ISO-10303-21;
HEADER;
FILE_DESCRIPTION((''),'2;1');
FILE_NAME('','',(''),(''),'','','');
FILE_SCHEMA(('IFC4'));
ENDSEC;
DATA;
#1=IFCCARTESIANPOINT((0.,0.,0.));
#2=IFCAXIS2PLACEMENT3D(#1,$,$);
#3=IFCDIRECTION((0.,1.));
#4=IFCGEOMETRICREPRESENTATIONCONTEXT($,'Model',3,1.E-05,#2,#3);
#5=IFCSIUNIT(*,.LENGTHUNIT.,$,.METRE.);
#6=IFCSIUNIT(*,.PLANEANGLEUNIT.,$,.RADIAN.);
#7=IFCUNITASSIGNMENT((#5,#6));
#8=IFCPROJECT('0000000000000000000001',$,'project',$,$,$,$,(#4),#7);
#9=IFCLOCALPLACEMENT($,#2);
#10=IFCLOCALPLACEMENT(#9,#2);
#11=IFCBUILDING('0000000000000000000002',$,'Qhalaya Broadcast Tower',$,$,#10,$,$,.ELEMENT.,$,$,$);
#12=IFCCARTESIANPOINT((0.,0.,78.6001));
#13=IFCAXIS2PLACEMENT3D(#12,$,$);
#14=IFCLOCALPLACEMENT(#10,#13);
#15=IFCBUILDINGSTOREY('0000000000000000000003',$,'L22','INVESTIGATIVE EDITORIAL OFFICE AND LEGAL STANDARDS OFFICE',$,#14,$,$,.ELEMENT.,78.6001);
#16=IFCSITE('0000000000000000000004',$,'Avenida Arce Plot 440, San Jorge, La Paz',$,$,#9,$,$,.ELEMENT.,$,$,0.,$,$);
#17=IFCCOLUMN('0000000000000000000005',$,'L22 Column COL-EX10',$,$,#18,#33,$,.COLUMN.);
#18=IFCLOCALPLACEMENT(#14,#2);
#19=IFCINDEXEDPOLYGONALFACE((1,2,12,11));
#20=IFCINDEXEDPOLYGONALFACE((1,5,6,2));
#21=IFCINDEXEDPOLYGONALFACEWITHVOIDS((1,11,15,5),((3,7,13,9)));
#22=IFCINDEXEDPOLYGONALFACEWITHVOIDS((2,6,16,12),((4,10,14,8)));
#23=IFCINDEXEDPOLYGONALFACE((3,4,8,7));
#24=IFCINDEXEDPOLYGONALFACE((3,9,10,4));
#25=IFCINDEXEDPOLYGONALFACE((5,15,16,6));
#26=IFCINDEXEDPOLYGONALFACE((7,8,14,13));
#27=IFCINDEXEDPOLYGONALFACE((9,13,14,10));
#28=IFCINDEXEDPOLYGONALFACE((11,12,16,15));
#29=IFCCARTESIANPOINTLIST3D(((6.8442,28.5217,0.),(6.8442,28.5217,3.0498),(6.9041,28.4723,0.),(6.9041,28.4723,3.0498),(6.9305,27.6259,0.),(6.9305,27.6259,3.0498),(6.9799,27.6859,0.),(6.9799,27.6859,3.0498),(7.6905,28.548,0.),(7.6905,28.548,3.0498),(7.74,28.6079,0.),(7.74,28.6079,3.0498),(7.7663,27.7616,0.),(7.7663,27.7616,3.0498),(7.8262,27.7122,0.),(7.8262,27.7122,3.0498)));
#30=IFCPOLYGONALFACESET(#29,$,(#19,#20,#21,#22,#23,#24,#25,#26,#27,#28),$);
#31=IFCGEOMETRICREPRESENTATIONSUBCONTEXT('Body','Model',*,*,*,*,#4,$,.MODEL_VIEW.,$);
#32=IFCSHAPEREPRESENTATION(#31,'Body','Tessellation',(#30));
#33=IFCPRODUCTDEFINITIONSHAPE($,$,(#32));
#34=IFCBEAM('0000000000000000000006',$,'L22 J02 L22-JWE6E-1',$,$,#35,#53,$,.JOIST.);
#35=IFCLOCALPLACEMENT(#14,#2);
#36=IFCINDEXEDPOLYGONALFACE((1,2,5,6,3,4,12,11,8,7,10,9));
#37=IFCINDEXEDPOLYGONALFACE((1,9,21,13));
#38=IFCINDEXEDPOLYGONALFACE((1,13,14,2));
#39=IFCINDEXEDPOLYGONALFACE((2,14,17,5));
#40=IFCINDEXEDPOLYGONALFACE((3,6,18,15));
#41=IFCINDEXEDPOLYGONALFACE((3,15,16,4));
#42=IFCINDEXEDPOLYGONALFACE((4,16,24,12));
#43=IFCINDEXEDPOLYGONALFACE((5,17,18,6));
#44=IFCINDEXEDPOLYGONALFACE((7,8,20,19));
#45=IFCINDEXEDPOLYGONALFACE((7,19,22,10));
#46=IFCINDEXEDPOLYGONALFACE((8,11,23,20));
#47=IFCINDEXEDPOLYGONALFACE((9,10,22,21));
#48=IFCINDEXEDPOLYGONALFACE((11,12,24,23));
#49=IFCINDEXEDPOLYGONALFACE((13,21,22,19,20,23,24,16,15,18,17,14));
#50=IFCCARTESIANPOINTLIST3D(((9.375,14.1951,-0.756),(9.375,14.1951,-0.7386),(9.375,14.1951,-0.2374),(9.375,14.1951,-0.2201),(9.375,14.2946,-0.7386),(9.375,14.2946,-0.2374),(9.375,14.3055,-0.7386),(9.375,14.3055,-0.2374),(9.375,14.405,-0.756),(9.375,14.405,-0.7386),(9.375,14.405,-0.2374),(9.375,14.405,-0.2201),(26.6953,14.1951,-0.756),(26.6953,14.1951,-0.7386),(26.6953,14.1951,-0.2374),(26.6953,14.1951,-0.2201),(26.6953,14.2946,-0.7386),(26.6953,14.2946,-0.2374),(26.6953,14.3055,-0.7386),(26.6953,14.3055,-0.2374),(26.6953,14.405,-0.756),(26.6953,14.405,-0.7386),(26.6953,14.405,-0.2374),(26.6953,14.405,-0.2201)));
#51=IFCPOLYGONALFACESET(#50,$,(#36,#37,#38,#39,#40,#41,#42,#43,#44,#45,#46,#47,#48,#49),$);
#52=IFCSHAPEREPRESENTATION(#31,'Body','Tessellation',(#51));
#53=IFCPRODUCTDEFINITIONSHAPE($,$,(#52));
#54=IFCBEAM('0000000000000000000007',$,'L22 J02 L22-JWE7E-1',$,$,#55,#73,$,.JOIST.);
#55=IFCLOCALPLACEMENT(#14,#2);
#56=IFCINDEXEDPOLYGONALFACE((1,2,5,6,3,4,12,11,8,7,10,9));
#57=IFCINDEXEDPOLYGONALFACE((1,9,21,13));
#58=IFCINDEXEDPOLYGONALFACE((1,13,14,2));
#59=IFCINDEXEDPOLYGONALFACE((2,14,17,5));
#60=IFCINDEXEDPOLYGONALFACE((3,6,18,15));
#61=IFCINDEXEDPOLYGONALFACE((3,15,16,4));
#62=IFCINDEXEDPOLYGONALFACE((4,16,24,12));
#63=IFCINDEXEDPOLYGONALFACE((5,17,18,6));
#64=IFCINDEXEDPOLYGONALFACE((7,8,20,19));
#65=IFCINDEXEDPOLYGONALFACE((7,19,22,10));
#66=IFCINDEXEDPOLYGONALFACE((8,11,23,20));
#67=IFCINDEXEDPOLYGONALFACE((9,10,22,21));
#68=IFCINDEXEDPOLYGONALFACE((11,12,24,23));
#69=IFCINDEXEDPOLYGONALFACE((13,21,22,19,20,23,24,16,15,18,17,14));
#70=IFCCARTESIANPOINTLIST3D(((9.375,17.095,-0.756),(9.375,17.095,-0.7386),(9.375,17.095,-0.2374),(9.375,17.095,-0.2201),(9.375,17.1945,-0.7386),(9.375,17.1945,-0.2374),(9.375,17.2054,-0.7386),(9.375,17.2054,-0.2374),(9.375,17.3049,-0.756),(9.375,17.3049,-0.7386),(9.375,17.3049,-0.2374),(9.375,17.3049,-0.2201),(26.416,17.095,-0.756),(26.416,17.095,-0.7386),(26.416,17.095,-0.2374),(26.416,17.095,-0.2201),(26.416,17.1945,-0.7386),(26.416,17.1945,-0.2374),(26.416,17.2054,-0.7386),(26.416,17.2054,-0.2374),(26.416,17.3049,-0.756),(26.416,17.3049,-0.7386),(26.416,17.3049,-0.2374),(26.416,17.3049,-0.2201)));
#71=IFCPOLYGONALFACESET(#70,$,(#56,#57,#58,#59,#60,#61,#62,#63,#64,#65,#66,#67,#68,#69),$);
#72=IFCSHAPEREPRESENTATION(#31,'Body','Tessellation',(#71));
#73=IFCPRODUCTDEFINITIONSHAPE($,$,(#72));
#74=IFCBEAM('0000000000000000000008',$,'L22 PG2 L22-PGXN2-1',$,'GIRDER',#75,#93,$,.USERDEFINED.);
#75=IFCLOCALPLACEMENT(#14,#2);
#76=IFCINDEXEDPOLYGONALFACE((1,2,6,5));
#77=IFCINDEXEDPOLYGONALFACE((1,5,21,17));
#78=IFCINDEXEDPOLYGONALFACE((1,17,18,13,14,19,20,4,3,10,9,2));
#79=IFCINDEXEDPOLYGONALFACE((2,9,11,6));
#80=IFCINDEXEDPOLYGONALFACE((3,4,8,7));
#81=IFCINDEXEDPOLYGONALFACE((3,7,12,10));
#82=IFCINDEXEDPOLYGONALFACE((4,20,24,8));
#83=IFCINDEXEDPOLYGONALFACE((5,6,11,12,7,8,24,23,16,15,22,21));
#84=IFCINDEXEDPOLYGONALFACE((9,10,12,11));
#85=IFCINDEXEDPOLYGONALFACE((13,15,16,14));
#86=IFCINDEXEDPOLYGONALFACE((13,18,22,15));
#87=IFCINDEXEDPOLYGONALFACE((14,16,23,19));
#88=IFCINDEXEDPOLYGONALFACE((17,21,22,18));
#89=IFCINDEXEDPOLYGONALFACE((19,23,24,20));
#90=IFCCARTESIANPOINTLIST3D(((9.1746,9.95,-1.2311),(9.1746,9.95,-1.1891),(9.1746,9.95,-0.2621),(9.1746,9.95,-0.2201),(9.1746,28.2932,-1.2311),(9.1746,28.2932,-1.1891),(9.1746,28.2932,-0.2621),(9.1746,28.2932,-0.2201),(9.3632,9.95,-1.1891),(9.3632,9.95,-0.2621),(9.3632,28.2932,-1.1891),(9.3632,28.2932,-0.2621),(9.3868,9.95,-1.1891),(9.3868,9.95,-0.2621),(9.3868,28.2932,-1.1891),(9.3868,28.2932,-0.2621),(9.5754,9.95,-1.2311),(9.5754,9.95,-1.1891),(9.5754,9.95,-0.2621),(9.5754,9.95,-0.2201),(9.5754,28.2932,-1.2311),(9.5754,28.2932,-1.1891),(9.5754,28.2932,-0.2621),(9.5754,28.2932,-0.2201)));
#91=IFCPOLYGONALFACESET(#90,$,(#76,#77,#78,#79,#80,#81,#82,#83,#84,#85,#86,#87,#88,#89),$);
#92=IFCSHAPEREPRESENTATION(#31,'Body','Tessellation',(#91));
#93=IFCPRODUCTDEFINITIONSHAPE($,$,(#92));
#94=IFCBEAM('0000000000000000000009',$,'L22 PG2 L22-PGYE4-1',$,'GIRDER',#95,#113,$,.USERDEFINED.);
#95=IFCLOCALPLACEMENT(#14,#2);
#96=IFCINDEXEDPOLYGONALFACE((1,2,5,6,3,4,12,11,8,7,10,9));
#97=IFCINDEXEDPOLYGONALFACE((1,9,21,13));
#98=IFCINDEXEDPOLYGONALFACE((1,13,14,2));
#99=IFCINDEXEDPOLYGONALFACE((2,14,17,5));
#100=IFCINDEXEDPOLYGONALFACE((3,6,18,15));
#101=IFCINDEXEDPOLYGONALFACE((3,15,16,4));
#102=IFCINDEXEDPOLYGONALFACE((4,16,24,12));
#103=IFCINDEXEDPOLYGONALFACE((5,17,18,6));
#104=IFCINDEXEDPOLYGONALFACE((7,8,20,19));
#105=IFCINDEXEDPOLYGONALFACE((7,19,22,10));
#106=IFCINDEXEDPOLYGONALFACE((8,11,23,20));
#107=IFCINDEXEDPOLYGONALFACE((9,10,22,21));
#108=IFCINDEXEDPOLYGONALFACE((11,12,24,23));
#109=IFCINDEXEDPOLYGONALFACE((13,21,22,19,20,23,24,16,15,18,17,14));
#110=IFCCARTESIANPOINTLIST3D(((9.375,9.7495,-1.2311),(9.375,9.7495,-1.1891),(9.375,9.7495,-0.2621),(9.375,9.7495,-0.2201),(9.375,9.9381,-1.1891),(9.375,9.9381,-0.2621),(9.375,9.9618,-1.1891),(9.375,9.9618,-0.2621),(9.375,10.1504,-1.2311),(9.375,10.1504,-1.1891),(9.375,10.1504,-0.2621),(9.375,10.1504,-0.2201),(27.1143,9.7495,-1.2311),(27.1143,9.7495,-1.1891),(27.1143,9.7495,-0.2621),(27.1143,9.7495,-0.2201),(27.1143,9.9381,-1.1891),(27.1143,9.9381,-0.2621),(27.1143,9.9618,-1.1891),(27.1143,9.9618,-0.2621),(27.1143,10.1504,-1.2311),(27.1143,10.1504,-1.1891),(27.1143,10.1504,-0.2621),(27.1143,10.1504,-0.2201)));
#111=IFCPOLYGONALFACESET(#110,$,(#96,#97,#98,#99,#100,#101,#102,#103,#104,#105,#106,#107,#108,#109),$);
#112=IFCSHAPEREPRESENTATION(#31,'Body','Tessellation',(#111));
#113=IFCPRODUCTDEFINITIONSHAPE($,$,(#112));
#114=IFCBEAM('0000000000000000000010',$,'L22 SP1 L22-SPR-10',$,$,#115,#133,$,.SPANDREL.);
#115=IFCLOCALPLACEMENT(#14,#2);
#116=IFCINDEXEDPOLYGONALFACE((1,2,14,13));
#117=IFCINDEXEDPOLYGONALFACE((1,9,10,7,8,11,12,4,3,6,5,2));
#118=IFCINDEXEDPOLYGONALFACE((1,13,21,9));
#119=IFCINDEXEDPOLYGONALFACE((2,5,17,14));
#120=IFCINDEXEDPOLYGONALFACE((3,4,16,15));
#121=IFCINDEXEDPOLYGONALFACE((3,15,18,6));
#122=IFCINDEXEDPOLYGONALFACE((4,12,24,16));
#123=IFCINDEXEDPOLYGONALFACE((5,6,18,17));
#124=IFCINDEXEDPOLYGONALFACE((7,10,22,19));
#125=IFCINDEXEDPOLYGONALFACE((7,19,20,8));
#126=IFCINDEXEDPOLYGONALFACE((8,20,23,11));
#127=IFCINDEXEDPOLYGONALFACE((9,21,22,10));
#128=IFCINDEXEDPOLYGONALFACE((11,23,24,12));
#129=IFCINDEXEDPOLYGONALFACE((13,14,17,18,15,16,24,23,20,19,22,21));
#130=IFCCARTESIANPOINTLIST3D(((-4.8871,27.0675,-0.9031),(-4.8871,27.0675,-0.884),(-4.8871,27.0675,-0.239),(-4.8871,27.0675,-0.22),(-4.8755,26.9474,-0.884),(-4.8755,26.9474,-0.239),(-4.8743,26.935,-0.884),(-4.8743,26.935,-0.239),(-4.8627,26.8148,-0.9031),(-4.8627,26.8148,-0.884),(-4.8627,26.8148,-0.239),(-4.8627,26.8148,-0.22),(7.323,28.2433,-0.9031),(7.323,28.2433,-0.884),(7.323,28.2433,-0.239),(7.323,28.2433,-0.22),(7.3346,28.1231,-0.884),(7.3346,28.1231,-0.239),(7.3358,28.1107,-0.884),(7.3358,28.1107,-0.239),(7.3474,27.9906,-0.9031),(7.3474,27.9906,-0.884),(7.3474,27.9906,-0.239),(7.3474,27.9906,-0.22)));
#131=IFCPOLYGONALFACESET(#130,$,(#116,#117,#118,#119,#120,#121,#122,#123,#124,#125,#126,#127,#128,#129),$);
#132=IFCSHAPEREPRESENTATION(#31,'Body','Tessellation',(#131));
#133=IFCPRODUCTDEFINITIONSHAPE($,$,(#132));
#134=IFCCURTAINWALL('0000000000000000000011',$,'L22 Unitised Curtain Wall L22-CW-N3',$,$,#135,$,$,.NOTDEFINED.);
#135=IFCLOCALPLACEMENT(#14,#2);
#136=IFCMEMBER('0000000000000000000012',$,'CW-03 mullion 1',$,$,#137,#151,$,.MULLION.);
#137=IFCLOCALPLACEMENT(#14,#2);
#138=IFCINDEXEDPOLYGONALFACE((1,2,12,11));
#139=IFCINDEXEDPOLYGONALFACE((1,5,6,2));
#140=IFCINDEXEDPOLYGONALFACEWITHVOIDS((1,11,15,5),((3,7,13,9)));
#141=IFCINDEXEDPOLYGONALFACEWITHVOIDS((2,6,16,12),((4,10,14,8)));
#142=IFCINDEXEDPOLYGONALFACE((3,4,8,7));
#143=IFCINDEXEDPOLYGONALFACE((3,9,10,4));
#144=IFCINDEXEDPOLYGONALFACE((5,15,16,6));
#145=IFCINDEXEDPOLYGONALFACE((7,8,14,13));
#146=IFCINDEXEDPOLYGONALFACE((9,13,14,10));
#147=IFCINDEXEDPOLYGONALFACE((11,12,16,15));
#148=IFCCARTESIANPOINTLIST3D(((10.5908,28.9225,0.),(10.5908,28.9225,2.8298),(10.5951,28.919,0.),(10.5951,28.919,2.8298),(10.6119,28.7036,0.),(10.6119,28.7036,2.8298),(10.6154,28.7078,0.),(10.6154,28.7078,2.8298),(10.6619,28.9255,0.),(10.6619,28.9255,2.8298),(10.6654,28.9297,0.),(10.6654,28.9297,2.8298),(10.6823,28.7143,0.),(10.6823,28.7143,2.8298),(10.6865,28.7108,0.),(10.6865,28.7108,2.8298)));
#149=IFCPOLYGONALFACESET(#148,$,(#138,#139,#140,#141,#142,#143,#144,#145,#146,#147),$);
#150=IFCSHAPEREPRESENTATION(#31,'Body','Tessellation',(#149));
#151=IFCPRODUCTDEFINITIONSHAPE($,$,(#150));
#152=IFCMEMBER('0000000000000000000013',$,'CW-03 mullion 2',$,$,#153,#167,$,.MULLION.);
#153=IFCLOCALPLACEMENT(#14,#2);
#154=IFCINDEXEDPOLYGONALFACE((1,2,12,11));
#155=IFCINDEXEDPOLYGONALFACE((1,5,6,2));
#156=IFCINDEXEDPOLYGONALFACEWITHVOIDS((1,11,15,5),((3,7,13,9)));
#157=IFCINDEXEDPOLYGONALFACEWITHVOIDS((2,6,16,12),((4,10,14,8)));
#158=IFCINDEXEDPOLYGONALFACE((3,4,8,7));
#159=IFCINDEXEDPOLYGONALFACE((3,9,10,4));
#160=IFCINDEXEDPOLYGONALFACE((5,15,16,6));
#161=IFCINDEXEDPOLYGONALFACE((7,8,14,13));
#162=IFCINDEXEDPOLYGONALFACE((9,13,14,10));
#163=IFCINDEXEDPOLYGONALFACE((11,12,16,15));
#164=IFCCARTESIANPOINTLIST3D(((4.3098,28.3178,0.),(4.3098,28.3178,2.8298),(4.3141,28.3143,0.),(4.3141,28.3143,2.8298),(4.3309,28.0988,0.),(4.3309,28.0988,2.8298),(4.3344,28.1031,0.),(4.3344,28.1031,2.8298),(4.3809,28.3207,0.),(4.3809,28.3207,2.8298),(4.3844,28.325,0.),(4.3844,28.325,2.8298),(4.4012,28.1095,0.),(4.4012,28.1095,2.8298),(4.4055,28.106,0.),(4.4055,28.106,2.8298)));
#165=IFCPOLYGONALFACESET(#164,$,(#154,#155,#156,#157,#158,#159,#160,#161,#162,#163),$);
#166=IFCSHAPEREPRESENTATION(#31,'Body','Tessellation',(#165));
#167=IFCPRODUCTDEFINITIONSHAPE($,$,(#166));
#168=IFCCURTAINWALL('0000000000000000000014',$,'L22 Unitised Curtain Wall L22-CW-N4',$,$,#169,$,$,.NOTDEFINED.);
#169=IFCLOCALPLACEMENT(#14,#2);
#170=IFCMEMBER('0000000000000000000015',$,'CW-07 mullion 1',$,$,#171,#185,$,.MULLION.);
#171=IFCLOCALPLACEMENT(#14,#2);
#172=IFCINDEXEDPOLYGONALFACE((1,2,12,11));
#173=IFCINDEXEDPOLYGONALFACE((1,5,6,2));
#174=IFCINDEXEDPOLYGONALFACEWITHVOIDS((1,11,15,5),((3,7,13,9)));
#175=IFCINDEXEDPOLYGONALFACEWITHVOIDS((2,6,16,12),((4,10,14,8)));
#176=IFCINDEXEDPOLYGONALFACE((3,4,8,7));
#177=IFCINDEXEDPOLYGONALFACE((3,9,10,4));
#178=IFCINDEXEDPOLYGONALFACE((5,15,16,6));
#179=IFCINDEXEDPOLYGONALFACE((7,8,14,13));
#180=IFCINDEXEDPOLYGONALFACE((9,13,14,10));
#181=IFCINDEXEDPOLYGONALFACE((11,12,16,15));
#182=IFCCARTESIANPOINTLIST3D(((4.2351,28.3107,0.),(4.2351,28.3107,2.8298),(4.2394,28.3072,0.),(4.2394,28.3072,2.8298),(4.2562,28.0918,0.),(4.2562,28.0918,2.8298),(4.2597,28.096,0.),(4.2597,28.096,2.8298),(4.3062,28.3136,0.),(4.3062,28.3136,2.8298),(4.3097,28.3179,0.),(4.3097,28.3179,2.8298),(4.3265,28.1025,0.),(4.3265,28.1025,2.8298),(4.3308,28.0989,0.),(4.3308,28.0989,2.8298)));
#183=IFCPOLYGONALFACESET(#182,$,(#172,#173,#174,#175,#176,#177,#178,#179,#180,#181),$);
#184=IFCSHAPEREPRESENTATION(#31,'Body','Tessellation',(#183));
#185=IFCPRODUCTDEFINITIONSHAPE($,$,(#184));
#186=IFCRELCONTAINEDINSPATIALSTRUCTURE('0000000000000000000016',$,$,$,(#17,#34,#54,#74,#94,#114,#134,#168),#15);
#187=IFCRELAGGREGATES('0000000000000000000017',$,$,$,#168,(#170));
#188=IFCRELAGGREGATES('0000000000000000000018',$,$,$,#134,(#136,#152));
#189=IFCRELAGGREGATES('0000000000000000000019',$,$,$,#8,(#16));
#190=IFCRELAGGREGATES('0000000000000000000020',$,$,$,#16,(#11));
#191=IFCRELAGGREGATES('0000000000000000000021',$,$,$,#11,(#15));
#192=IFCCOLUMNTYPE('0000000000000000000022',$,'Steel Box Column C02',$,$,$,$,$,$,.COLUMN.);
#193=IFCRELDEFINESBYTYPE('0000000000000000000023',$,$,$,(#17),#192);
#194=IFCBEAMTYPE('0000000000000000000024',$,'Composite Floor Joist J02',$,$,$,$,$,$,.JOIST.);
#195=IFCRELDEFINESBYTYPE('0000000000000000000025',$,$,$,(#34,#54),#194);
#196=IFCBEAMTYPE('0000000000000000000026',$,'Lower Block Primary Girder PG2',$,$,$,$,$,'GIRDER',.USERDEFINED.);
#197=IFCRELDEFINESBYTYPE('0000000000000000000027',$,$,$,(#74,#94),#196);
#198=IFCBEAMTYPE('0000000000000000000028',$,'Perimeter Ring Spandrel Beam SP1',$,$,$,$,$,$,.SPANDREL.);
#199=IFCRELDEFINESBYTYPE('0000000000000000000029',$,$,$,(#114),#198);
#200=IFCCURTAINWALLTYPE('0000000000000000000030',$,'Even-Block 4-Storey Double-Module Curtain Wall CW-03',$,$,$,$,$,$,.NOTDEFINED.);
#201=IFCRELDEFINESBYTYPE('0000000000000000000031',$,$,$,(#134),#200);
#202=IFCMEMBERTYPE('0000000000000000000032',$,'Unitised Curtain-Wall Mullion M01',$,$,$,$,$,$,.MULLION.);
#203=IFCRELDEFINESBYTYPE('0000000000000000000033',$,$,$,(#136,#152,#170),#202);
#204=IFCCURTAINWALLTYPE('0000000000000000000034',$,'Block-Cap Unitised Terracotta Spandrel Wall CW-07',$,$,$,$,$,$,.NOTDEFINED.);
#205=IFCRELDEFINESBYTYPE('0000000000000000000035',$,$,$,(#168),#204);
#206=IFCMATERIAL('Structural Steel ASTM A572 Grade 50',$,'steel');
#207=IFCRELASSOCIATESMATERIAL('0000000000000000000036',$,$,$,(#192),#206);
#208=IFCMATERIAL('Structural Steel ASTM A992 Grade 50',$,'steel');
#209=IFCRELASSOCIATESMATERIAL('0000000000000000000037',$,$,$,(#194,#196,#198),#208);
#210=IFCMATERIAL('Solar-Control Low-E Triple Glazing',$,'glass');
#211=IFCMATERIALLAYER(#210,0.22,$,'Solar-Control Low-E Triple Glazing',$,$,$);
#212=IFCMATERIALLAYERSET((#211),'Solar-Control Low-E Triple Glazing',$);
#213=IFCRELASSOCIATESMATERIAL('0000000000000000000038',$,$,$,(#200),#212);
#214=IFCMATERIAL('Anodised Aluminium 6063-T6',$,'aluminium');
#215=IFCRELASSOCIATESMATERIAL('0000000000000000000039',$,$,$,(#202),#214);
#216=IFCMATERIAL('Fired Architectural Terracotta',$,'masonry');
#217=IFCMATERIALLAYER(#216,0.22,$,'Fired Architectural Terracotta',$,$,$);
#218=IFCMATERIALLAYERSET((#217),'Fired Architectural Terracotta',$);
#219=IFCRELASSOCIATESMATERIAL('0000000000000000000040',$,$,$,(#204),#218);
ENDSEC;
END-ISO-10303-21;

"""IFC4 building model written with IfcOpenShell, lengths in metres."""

from ifc_helpers import new_model, si_unit, direction, frame, origin, origin_2d, place, context, subcontext, project, spatial, hollow_rectangle, i_section, extrude, material, layer, layer_set, material_profile, profile_set, type_object, element, aggregate, save


model = new_model("IFC4")

# Units and contexts
model_context = context("Model", 3, precision=1e-05, world=origin(), true_north=direction((0.0, 1.0)))
body_context = subcontext(model_context, "Body", "Model", "MODEL_VIEW")
ifc_project = project(units=[si_unit("LENGTHUNIT", "METRE"), si_unit("PLANEANGLEUNIT", "RADIAN")], contexts=[model_context])

# Site, building, storey
site_placement = place(None, origin())
site = spatial("IfcSite", under=ifc_project, at=site_placement, Name="Avenida Arce Plot 440, San Jorge, La Paz", CompositionType="ELEMENT", RefElevation=0.0)
building_placement = place(site_placement, origin())
building = spatial("IfcBuilding", under=site, at=building_placement, Name="Qhalaya Broadcast Tower", CompositionType="ELEMENT")
storey_placement = place(building_placement, frame((0.0, 0.0, 78.6001)))
storey = spatial("IfcBuildingStorey", under=building, at=storey_placement, Name="L22", Description="INVESTIGATIVE EDITORIAL OFFICE AND LEGAL STANDARDS OFFICE", CompositionType="ELEMENT", Elevation=78.6001)

# Column
ifc_material_1 = material(Name="Structural Steel ASTM A572 Grade 50", Category="steel")
ifc_material_profile_1 = material_profile(ifc_material_1, hollow_rectangle(XDim=0.8999, YDim=0.8999, WallThickness=0.0549, at=origin_2d()), Name="BOX 900x900x55")
ifc_profile_set_1 = profile_set([ifc_material_profile_1], Name="Structural Steel ASTM A572 Grade 50")
column_type = type_object("IfcColumnType", Name="Steel Box Column C02", PredefinedType="COLUMN", material=ifc_profile_set_1)
column_placement = place(storey_placement, frame((7.3352, 28.1169, 0.0), z_axis=(0.0, 0.0, 1.0), x_axis=(0.995396, 0.095846, 0.0)))
element("IfcColumn", 1, at=column_placement, inside=storey, type_object=column_type, Name="L22 Column COL-EX10", PredefinedType="COLUMN", context=body_context, shape_type="SweptSolid", body=[
    extrude(hollow_rectangle(XDim=0.8999, YDim=0.8999, WallThickness=0.0549, at=origin_2d()), origin(), (0.0, 0.0, 1.0), 3.0498),
])

# Beams
ifc_material_2 = material(Name="Structural Steel ASTM A992 Grade 50", Category="steel")
ifc_material_profile_2 = material_profile(ifc_material_2, i_section(OverallWidth=0.21, OverallDepth=0.5359, WebThickness=0.011, FlangeThickness=0.0173, at=origin_2d()), Name="W21X68")
ifc_profile_set_2 = profile_set([ifc_material_profile_2], Name="Structural Steel ASTM A992 Grade 50")
beam_type_1 = type_object("IfcBeamType", Name="Composite Floor Joist J02", PredefinedType="JOIST", material=ifc_profile_set_2)
beam_1_placement = place(storey_placement, frame((9.375, 14.3, -0.488), z_axis=(1.0, 0.0, 0.0), x_axis=(0.0, 1.0, 0.0)))
element("IfcBeam", 2, at=beam_1_placement, inside=storey, type_object=beam_type_1, Name="L22 J02 L22-JWE6E-1", PredefinedType="JOIST", context=body_context, shape_type="SweptSolid", body=[
    extrude(i_section(OverallWidth=0.21, OverallDepth=0.5359, WebThickness=0.011, FlangeThickness=0.0173, at=origin_2d()), origin(), (0.0, 0.0, 1.0), 17.3203),
])
beam_2_placement = place(storey_placement, frame((9.375, 17.2, -0.488), z_axis=(1.0, 0.0, 0.0), x_axis=(0.0, 1.0, 0.0)))
element("IfcBeam", 3, at=beam_2_placement, inside=storey, type_object=beam_type_1, Name="L22 J02 L22-JWE7E-1", PredefinedType="JOIST", context=body_context, shape_type="SweptSolid", body=[
    extrude(i_section(OverallWidth=0.21, OverallDepth=0.5359, WebThickness=0.011, FlangeThickness=0.0173, at=origin_2d()), origin(), (0.0, 0.0, 1.0), 17.041),
])
ifc_material_profile_3 = material_profile(ifc_material_2, i_section(OverallWidth=0.4009, OverallDepth=1.011, WebThickness=0.0237, FlangeThickness=0.042, at=origin_2d()), Name="W40X297")
ifc_profile_set_3 = profile_set([ifc_material_profile_3], Name="Structural Steel ASTM A992 Grade 50")
beam_type_2 = type_object("IfcBeamType", Name="Lower Block Primary Girder PG2", ElementType="GIRDER", PredefinedType="USERDEFINED", material=ifc_profile_set_3)
beam_3_placement = place(storey_placement, frame((9.375, 9.95, -0.7256), z_axis=(0.0, 1.0, 0.0), x_axis=(-1.0, 0.0, 0.0)))
element("IfcBeam", 4, at=beam_3_placement, inside=storey, type_object=beam_type_2, Name="L22 PG2 L22-PGXN2-1", ObjectType="GIRDER", PredefinedType="USERDEFINED", context=body_context, shape_type="SweptSolid", body=[
    extrude(i_section(OverallWidth=0.4009, OverallDepth=1.011, WebThickness=0.0237, FlangeThickness=0.042, at=origin_2d()), origin(), (0.0, 0.0, 1.0), 18.3433),
])
beam_4_placement = place(storey_placement, frame((9.375, 9.95, -0.7256), z_axis=(1.0, 0.0, 0.0), x_axis=(0.0, 1.0, 0.0)))
element("IfcBeam", 5, at=beam_4_placement, inside=storey, type_object=beam_type_2, Name="L22 PG2 L22-PGYE4-1", ObjectType="GIRDER", PredefinedType="USERDEFINED", context=body_context, shape_type="SweptSolid", body=[
    extrude(i_section(OverallWidth=0.4009, OverallDepth=1.011, WebThickness=0.0237, FlangeThickness=0.042, at=origin_2d()), origin(), (0.0, 0.0, 1.0), 17.7393),
])
ifc_material_profile_4 = material_profile(ifc_material_2, i_section(OverallWidth=0.2539, OverallDepth=0.6831, WebThickness=0.0125, FlangeThickness=0.019, at=origin_2d()), Name="W27X94")
ifc_profile_set_4 = profile_set([ifc_material_profile_4], Name="Structural Steel ASTM A992 Grade 50")
beam_type_3 = type_object("IfcBeamType", Name="Perimeter Ring Spandrel Beam SP1", PredefinedType="SPANDREL", material=ifc_profile_set_4)
beam_5_placement = place(storey_placement, frame((7.3352, 28.1169, -0.5615), z_axis=(-0.995396, -0.095852, 0.0), x_axis=(0.095852, -0.995396, 0.0)))
element("IfcBeam", 6, at=beam_5_placement, inside=storey, type_object=beam_type_3, Name="L22 SP1 L22-SPR-10", PredefinedType="SPANDREL", context=body_context, shape_type="SweptSolid", body=[
    extrude(i_section(OverallWidth=0.2539, OverallDepth=0.6831, WebThickness=0.0125, FlangeThickness=0.019, at=origin_2d()), origin(), (0.0, 0.0, 1.0), 12.2666),
])

# Curtain wall, members
ifc_material_3 = material(Name="Solar-Control Low-E Triple Glazing", Category="glass")
ifc_layer_1 = layer(ifc_material_3, 0.22, Name="Solar-Control Low-E Triple Glazing")
ifc_layer_set_1 = layer_set([ifc_layer_1], Name="Solar-Control Low-E Triple Glazing")
curtain_wall_type_1 = type_object("IfcCurtainWallType", Name="Even-Block 4-Storey Double-Module Curtain Wall CW-03", PredefinedType="NOTDEFINED", material=ifc_layer_set_1)
curtain_wall_1_placement = place(storey_placement, origin())
curtain_wall_1 = element("IfcCurtainWall", 7, at=curtain_wall_1_placement, inside=storey, type_object=curtain_wall_type_1, Name="L22 Unitised Curtain Wall L22-CW-N3", PredefinedType="NOTDEFINED")
ifc_material_4 = material(Name="Anodised Aluminium 6063-T6", Category="aluminium")
ifc_material_profile_5 = material_profile(ifc_material_4, hollow_rectangle(XDim=0.075, YDim=0.22, WallThickness=0.0039, at=origin_2d()), Name="ALU-MUL 75x220x4")
ifc_profile_set_5 = profile_set([ifc_material_profile_5], Name="Anodised Aluminium 6063-T6")
member_type_1 = type_object("IfcMemberType", Name="Unitised Curtain-Wall Mullion M01", PredefinedType="MULLION", material=ifc_profile_set_5)
member_1_placement = place(storey_placement, frame((10.6387, 28.8167, 0.0), z_axis=(0.0, 0.0, 1.0), x_axis=(-0.995397, -0.095834, 0.0)))
member_1 = element("IfcMember", 8, at=member_1_placement, type_object=member_type_1, Name="CW-03 mullion 1", PredefinedType="MULLION", context=body_context, shape_type="SweptSolid", body=[
    extrude(hollow_rectangle(XDim=0.075, YDim=0.22, WallThickness=0.0039, at=origin_2d()), origin(), (0.0, 0.0, 1.0), 2.8298),
])
member_2_placement = place(storey_placement, frame((4.3577, 28.2119, 0.0), z_axis=(0.0, 0.0, 1.0), x_axis=(-0.995397, -0.095834, 0.0)))
member_2 = element("IfcMember", 9, at=member_2_placement, type_object=member_type_1, Name="CW-03 mullion 2", PredefinedType="MULLION", context=body_context, shape_type="SweptSolid", body=[
    extrude(hollow_rectangle(XDim=0.075, YDim=0.22, WallThickness=0.0039, at=origin_2d()), origin(), (0.0, 0.0, 1.0), 2.8298),
])

# Curtain wall, member
ifc_material_5 = material(Name="Fired Architectural Terracotta", Category="masonry")
ifc_layer_2 = layer(ifc_material_5, 0.22, Name="Fired Architectural Terracotta")
ifc_layer_set_2 = layer_set([ifc_layer_2], Name="Fired Architectural Terracotta")
curtain_wall_type_2 = type_object("IfcCurtainWallType", Name="Block-Cap Unitised Terracotta Spandrel Wall CW-07", PredefinedType="NOTDEFINED", material=ifc_layer_set_2)
curtain_wall_2_placement = place(storey_placement, origin())
curtain_wall_2 = element("IfcCurtainWall", 10, at=curtain_wall_2_placement, inside=storey, type_object=curtain_wall_type_2, Name="L22 Unitised Curtain Wall L22-CW-N4", PredefinedType="NOTDEFINED")
member_3_placement = place(storey_placement, frame((4.283, 28.2048, 0.0), z_axis=(0.0, 0.0, 1.0), x_axis=(-0.995395, -0.095861, 0.0)))
member_3 = element("IfcMember", 11, at=member_3_placement, type_object=member_type_1, Name="CW-07 mullion 1", PredefinedType="MULLION", context=body_context, shape_type="SweptSolid", body=[
    extrude(hollow_rectangle(XDim=0.075, YDim=0.22, WallThickness=0.0039, at=origin_2d()), origin(), (0.0, 0.0, 1.0), 2.8298),
])

aggregate(curtain_wall_2, [member_3])
aggregate(curtain_wall_1, [member_1, member_2])

save(model, "model.ifc")
